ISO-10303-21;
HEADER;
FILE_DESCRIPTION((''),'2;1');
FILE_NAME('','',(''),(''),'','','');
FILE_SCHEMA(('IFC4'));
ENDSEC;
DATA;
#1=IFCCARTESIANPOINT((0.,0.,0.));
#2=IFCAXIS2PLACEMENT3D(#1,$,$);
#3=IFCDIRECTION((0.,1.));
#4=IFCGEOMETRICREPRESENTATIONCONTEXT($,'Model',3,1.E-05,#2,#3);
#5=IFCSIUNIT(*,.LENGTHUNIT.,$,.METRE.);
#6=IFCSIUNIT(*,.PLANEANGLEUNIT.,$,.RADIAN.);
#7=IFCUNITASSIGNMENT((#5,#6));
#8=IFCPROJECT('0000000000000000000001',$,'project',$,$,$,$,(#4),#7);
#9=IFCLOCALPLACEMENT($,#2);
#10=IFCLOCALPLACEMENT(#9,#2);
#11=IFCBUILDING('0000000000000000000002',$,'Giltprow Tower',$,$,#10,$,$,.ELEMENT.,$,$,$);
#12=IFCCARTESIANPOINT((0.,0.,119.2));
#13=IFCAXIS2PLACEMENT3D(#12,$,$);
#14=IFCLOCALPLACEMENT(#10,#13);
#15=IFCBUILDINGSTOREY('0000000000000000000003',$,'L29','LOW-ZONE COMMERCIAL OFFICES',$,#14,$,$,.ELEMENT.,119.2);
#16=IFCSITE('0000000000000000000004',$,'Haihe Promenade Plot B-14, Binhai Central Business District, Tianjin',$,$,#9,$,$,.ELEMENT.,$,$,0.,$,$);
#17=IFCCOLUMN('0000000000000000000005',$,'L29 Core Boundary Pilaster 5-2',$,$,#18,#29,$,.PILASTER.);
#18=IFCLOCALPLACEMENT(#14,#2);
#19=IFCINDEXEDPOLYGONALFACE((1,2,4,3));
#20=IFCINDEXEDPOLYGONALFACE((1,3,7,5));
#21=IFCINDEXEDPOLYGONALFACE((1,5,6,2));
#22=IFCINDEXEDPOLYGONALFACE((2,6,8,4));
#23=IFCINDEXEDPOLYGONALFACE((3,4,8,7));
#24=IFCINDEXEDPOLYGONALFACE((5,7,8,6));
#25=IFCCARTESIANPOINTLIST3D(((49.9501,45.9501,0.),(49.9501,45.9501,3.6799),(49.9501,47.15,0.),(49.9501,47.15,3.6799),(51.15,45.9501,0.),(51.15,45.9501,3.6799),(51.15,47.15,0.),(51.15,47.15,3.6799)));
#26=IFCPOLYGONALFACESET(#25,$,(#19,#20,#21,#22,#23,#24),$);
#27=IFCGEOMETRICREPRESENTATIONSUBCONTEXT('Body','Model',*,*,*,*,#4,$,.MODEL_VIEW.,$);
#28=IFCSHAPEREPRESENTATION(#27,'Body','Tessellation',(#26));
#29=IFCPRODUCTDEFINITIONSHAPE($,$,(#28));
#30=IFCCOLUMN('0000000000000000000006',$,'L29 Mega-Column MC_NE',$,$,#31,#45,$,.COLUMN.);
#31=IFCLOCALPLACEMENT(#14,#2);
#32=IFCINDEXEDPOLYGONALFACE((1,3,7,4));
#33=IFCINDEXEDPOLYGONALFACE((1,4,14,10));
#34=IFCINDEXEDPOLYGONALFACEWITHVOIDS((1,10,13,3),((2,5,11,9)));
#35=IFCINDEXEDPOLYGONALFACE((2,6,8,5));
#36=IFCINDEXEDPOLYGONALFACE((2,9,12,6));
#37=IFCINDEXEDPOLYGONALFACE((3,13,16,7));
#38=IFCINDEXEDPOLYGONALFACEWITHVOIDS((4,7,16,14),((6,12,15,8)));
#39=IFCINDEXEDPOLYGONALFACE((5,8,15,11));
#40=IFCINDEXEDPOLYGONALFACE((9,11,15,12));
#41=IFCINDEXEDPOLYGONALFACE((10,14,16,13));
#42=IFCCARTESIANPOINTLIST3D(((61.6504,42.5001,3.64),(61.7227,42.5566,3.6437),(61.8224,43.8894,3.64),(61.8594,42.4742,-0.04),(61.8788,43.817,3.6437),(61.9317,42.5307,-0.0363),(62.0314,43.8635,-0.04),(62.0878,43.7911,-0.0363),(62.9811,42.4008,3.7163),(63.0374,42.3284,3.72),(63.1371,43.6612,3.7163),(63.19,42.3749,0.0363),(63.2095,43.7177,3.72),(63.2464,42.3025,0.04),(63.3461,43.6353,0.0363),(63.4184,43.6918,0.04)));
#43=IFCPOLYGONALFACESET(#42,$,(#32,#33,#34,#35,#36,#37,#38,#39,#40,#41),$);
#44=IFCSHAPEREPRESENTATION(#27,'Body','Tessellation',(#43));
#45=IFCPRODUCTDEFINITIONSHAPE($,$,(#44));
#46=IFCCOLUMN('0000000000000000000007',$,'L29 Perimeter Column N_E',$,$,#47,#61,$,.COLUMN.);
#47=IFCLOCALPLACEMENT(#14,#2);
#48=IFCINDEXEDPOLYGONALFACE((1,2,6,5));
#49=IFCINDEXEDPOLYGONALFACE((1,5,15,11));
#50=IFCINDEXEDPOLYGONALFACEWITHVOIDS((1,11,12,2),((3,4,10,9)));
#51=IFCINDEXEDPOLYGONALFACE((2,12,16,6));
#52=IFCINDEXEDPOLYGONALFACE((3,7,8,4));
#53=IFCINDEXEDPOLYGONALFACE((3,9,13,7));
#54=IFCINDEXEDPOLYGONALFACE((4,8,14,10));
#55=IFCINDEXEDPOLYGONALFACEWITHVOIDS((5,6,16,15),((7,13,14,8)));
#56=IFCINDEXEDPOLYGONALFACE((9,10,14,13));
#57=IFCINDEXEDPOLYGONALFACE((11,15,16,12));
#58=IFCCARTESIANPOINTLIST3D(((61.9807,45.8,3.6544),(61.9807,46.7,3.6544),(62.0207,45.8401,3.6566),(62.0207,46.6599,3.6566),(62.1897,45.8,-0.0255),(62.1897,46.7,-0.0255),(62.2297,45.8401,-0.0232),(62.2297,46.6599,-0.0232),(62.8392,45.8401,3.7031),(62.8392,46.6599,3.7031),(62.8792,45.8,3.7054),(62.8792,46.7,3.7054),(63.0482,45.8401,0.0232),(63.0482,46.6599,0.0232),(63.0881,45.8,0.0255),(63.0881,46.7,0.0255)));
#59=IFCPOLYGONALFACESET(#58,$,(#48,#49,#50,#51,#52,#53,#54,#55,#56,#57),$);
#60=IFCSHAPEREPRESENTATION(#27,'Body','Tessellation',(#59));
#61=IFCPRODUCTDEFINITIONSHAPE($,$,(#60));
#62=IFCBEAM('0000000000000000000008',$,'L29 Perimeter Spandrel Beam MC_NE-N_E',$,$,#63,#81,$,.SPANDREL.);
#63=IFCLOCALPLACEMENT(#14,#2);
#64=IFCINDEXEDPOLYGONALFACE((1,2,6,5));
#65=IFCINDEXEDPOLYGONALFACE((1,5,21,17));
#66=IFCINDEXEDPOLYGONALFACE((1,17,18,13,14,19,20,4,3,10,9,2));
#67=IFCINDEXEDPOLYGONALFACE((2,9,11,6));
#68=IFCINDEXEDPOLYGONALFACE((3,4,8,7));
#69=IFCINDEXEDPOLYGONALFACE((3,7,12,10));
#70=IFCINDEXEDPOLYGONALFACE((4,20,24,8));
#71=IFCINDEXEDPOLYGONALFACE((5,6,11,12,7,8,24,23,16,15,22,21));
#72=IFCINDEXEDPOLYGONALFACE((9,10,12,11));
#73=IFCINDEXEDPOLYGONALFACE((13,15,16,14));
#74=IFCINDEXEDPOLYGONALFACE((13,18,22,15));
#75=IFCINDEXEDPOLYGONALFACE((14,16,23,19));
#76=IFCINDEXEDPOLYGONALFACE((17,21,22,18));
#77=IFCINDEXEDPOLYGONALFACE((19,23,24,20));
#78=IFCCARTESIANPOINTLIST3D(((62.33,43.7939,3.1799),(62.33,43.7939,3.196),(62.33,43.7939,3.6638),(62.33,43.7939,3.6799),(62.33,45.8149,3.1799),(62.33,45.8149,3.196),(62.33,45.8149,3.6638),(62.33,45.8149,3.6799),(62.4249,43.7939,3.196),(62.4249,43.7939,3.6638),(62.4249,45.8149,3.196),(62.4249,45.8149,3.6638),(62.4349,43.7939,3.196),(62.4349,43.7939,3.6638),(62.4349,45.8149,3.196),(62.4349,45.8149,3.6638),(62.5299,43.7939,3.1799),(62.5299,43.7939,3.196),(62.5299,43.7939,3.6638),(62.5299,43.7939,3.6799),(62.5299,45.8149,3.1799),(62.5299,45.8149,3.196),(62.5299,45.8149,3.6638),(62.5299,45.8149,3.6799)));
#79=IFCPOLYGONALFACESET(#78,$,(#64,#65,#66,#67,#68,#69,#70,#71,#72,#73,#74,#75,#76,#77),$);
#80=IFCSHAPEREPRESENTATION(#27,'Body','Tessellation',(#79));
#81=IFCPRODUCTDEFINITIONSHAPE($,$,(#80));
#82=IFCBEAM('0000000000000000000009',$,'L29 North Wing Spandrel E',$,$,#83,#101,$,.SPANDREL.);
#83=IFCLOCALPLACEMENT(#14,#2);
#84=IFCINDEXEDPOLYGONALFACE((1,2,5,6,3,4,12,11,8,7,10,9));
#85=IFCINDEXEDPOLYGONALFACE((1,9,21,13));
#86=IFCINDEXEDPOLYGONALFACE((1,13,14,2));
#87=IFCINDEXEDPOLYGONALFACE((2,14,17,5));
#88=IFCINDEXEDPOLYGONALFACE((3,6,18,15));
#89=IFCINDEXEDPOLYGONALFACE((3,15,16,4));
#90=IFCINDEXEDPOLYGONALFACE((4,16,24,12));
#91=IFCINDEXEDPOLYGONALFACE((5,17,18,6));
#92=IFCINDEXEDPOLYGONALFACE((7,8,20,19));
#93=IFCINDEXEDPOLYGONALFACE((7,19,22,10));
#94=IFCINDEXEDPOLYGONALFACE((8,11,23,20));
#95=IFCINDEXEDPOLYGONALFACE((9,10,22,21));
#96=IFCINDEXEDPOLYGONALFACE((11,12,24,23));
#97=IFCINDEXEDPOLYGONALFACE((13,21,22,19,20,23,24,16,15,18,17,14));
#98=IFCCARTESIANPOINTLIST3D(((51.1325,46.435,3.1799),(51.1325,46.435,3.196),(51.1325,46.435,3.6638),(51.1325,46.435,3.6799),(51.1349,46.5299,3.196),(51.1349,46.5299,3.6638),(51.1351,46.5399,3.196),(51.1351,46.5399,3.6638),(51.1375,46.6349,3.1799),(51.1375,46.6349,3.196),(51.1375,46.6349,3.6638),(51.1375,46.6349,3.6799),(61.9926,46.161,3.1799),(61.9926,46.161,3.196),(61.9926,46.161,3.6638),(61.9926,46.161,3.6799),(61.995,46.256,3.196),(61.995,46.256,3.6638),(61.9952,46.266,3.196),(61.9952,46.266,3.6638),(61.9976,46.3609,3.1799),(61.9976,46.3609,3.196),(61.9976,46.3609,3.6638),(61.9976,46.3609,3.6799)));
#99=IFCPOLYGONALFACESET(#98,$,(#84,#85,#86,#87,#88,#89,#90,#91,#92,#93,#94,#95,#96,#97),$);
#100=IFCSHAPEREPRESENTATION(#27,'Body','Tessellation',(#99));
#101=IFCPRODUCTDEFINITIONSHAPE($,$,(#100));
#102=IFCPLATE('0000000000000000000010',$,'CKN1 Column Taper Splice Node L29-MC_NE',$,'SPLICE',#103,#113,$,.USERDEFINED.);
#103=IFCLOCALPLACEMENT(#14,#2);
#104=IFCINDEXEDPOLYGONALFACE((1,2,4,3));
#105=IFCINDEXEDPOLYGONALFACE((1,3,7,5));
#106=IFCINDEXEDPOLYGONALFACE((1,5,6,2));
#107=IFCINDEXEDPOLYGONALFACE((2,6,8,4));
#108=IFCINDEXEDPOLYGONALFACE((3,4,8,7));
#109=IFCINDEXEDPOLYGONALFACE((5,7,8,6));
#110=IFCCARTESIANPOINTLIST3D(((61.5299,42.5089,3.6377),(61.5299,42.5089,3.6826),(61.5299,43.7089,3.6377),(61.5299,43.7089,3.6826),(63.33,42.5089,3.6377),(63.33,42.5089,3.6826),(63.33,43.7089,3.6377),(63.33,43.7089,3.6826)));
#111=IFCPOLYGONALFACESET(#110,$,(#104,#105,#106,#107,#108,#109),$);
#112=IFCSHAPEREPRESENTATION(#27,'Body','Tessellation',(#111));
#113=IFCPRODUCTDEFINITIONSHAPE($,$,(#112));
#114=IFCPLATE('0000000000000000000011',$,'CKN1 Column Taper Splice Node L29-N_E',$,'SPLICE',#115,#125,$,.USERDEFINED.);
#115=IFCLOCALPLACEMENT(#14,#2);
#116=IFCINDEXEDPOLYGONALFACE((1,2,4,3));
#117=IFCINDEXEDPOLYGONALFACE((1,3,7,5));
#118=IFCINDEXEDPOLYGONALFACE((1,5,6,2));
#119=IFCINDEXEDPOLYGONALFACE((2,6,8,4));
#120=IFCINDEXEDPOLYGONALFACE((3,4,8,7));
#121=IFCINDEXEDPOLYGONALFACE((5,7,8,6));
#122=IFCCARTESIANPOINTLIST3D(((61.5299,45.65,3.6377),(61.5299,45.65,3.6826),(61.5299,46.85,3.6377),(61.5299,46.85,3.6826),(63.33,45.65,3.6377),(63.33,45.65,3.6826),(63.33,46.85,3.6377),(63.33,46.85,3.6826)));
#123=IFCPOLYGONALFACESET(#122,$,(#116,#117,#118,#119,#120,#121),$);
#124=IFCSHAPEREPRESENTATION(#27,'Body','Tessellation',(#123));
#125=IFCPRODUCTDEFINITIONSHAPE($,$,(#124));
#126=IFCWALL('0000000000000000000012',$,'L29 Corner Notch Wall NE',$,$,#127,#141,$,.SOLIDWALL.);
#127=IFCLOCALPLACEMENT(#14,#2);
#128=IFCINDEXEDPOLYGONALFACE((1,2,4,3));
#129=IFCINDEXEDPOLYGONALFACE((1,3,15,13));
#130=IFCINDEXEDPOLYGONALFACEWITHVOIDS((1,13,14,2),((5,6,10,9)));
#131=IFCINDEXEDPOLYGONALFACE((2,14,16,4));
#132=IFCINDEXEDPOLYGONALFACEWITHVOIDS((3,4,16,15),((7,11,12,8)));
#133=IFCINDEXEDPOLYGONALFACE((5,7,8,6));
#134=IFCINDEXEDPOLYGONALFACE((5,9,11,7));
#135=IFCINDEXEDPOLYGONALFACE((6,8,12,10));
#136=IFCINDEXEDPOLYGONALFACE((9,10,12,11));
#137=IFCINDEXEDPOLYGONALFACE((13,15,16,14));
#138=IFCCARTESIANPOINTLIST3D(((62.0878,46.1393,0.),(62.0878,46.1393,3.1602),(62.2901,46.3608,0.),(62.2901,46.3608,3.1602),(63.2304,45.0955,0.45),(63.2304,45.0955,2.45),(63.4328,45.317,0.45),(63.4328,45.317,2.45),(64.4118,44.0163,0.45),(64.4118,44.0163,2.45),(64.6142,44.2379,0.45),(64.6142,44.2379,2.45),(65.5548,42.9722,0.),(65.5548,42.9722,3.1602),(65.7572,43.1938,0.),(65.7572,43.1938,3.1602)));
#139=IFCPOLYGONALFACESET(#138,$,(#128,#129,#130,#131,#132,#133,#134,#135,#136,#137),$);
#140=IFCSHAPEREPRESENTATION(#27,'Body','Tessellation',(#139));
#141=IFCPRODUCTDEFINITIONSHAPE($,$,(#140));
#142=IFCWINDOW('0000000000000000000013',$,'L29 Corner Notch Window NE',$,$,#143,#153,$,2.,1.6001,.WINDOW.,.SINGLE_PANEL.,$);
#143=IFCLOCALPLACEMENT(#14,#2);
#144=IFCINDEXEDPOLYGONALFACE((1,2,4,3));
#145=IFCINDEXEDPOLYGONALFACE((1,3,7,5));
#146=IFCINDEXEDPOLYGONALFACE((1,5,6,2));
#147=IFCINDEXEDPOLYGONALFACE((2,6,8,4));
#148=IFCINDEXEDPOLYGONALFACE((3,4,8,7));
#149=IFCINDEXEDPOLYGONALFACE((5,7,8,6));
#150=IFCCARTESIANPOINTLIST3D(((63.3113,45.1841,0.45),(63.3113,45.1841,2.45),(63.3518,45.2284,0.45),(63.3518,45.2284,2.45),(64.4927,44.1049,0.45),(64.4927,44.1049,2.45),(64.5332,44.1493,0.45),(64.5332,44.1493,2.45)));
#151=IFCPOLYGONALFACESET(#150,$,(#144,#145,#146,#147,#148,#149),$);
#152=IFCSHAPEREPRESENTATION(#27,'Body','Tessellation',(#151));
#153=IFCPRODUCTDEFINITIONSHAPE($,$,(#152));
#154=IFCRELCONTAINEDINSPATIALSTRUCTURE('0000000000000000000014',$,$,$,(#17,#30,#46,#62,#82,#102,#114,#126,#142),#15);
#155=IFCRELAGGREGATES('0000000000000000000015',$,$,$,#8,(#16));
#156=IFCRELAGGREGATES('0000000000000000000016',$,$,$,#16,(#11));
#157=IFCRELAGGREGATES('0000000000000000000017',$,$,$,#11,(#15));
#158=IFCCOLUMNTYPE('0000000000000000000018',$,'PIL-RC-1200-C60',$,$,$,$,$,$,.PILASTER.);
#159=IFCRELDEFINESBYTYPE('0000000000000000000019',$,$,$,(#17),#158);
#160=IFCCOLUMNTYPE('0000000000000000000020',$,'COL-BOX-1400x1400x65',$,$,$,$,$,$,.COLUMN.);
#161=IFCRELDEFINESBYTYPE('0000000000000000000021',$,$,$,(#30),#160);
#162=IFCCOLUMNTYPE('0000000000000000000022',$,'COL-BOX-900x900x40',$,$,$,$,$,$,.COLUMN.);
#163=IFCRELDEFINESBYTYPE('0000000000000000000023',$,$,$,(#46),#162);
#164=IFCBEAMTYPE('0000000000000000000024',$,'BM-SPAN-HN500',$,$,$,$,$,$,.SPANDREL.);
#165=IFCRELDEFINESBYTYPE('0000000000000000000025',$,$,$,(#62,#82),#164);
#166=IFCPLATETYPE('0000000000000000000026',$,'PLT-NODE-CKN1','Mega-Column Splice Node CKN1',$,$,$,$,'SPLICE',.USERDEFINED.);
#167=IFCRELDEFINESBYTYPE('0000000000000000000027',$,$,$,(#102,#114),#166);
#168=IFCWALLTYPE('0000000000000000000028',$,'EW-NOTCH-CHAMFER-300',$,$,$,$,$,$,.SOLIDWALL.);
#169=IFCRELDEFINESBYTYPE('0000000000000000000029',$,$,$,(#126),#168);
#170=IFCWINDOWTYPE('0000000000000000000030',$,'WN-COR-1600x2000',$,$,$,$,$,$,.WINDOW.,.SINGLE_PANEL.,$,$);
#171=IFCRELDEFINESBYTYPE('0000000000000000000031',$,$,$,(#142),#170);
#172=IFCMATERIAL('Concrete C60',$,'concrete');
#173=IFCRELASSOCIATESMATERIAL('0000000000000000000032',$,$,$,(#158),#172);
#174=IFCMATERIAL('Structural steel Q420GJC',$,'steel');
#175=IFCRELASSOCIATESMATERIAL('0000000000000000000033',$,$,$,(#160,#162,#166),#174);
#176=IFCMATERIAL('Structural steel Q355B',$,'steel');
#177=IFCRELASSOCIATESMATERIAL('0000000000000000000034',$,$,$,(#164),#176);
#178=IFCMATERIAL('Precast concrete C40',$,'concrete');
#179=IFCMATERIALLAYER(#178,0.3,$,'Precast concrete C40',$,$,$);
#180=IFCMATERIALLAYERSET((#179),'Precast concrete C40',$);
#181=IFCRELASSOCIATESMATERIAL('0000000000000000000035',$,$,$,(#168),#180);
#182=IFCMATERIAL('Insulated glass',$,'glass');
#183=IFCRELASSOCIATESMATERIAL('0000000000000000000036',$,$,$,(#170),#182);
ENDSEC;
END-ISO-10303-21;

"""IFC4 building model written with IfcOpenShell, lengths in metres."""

from ifc_helpers import new_model, si_unit, direction, frame, frame_2d, origin, origin_2d, place, context, subcontext, project, spatial, rectangle, hollow_rectangle, i_section, extrude, source, transform, mapped, material, layer, layer_set, material_profile, profile_set, type_object, element, fill, save


model = new_model("IFC4")

# Units and contexts
model_context = context("Model", 3, precision=1e-05, world=origin(), true_north=direction((0.0, 1.0)))
body_context = subcontext(model_context, "Body", "Model", "MODEL_VIEW")
ifc_project = project(units=[si_unit("LENGTHUNIT", "METRE"), si_unit("PLANEANGLEUNIT", "RADIAN")], contexts=[model_context])

# Site, building, storey
site_placement = place(None, origin())
site = spatial("IfcSite", under=ifc_project, at=site_placement, Name="Haihe Promenade Plot B-14, Binhai Central Business District, Tianjin", CompositionType="ELEMENT", RefElevation=0.0)
building_placement = place(site_placement, origin())
building = spatial("IfcBuilding", under=site, at=building_placement, Name="Giltprow Tower", CompositionType="ELEMENT")
storey_placement = place(building_placement, frame((0.0, 0.0, 119.2)))
storey = spatial("IfcBuildingStorey", under=building, at=storey_placement, Name="L29", Description="LOW-ZONE COMMERCIAL OFFICES", CompositionType="ELEMENT", Elevation=119.2)

# Columns
ifc_material_1 = material(Name="Concrete C60", Category="concrete")
ifc_material_profile_1 = material_profile(ifc_material_1, rectangle(XDim=1.2, YDim=1.2, at=origin_2d()), Name="RC 1200x1200")
ifc_profile_set_1 = profile_set([ifc_material_profile_1], Name="Concrete C60")
column_type_1 = type_object("IfcColumnType", Name="PIL-RC-1200-C60", PredefinedType="PILASTER", material=ifc_profile_set_1)
shared_shape_1 = source(origin(), body_context, "Body", "SweptSolid", [
    extrude(rectangle(XDim=1.2, YDim=1.2, at=origin_2d()), origin(), (0.0, 0.0, 1.0), 3.6799),
])
column_1_placement = place(storey_placement, frame((50.55, 46.55, 0.0), z_axis=(0.0, 0.0, 1.0), x_axis=(1.0, 0.0, 0.0)))
element("IfcColumn", 1, at=column_1_placement, inside=storey, type_object=column_type_1, Name="L29 Core Boundary Pilaster 5-2", PredefinedType="PILASTER", context=body_context, shape_type="MappedRepresentation", body=[
    mapped(shared_shape_1, transform((0.0, 0.0, 0.0), x_axis=(1.0, 0.0, 0.0), y_axis=(0.0, 1.0, 0.0), z_axis=(0.0, 0.0, 1.0), scale=1.0)),
])
ifc_material_2 = material(Name="Structural steel Q420GJC", Category="steel")
ifc_material_profile_2 = material_profile(ifc_material_2, hollow_rectangle(XDim=1.3999, YDim=1.3999, WallThickness=0.0649, at=origin_2d()), Name="BOX 1400x1400x65")
ifc_profile_set_2 = profile_set([ifc_material_profile_2], Name="Structural steel Q420GJC")
column_type_2 = type_object("IfcColumnType", Name="COL-BOX-1400x1400x65", PredefinedType="COLUMN", material=ifc_profile_set_2)
shared_shape_2 = source(origin(), body_context, "Body", "SweptSolid", [
    extrude(hollow_rectangle(XDim=1.3999, YDim=1.3999, WallThickness=0.0649, at=origin_2d()), origin(), (0.0, 0.0, 1.0), 3.686),
])
column_2_placement = place(storey_placement, frame((62.6389, 43.083, 0.0), z_axis=(-0.056698, 0.007021, 0.998367), x_axis=(-0.122893, -0.99242, 0.0)))
element("IfcColumn", 2, at=column_2_placement, inside=storey, type_object=column_type_2, Name="L29 Mega-Column MC_NE", PredefinedType="COLUMN", context=body_context, shape_type="MappedRepresentation", body=[
    mapped(shared_shape_2, transform((0.0, 0.0, 0.0), x_axis=(1.0, 0.0, 0.0), y_axis=(0.0, 1.0, 0.0), z_axis=(0.0, 0.0, 1.0), scale=1.0)),
])
ifc_material_profile_3 = material_profile(ifc_material_2, hollow_rectangle(XDim=0.8999, YDim=0.8999, WallThickness=0.04, at=origin_2d()), Name="BOX 900x900x40")
ifc_profile_set_3 = profile_set([ifc_material_profile_3], Name="Structural steel Q420GJC")
column_type_3 = type_object("IfcColumnType", Name="COL-BOX-900x900x40", PredefinedType="COLUMN", material=ifc_profile_set_3)
shared_shape_3 = source(origin(), body_context, "Body", "SweptSolid", [
    extrude(hollow_rectangle(XDim=0.8999, YDim=0.8999, WallThickness=0.04, at=origin_2d()), origin(), (0.0, 0.0, 1.0), 3.6858),
])
column_3_placement = place(storey_placement, frame((62.6389, 46.25, 0.0), z_axis=(-0.056699, 0.0, 0.998391), x_axis=(0.0, -1.0, 0.0)))
element("IfcColumn", 3, at=column_3_placement, inside=storey, type_object=column_type_3, Name="L29 Perimeter Column N_E", PredefinedType="COLUMN", context=body_context, shape_type="MappedRepresentation", body=[
    mapped(shared_shape_3, transform((0.0, 0.0, 0.0), x_axis=(1.0, 0.0, 0.0), y_axis=(0.0, 1.0, 0.0), z_axis=(0.0, 0.0, 1.0), scale=1.0)),
])

# Beams
ifc_material_3 = material(Name="Structural steel Q355B", Category="steel")
ifc_material_profile_4 = material_profile(ifc_material_3, i_section(OverallWidth=0.2, OverallDepth=0.5, WebThickness=0.01, FlangeThickness=0.0161, at=origin_2d()), Name="HN 500x200x10x16")
ifc_profile_set_4 = profile_set([ifc_material_profile_4], Name="Structural steel Q355B")
beam_type = type_object("IfcBeamType", Name="BM-SPAN-HN500", PredefinedType="SPANDREL", material=ifc_profile_set_4)
shared_shape_4 = source(origin(), body_context, "Body", "SweptSolid", [
    extrude(i_section(OverallWidth=0.2, OverallDepth=0.5, WebThickness=0.01, FlangeThickness=0.0161, at=origin_2d()), origin(), (0.0, 0.0, 1.0), 2.021),
])
beam_1_placement = place(storey_placement, frame((62.4299, 43.7939, 3.4299), z_axis=(0.0, 1.0, 0.0), x_axis=(-1.0, 0.0, 0.0)))
element("IfcBeam", 4, at=beam_1_placement, inside=storey, type_object=beam_type, Name="L29 Perimeter Spandrel Beam MC_NE-N_E", PredefinedType="SPANDREL", context=body_context, shape_type="MappedRepresentation", body=[
    mapped(shared_shape_4, transform((0.0, 0.0, 0.0), x_axis=(1.0, 0.0, 0.0), y_axis=(0.0, 1.0, 0.0), z_axis=(0.0, 0.0, 1.0), scale=1.0)),
])
shared_shape_5 = source(origin(), body_context, "Body", "SweptSolid", [
    extrude(i_section(OverallWidth=0.2, OverallDepth=0.5, WebThickness=0.01, FlangeThickness=0.0161, at=origin_2d()), origin(), (0.0, 0.0, 1.0), 10.8635),
])
beam_2_placement = place(storey_placement, frame((51.135, 46.5349, 3.4299), z_axis=(0.999682, -0.025215, 0.0), x_axis=(0.025215, 0.999682, 0.0)))
element("IfcBeam", 5, at=beam_2_placement, inside=storey, type_object=beam_type, Name="L29 North Wing Spandrel E", PredefinedType="SPANDREL", context=body_context, shape_type="MappedRepresentation", body=[
    mapped(shared_shape_5, transform((0.0, 0.0, 0.0), x_axis=(1.0, 0.0, 0.0), y_axis=(0.0, 1.0, 0.0), z_axis=(0.0, 0.0, 1.0), scale=1.0)),
])

# Plates
plate_type = type_object("IfcPlateType", Name="PLT-NODE-CKN1", Description="Mega-Column Splice Node CKN1", ElementType="SPLICE", PredefinedType="USERDEFINED", material=ifc_material_2)
shared_shape_6 = source(origin(), body_context, "Body", "SweptSolid", [
    extrude(rectangle(XDim=1.8, YDim=1.2, at=origin_2d()), origin(), (0.0, 0.0, 1.0), 0.0449),
])
for number, where, z_axis, x_axis, name in (
    (6, (62.4299, 43.1089, 3.6377), (0.0, 0.0, 1.0), (1.0, 0.0, 0.0), "CKN1 Column Taper Splice Node L29-MC_NE"),
    (7, (62.4299, 46.25, 3.6377), (0.0, 0.0, 1.0), (1.0, 0.0, 0.0), "CKN1 Column Taper Splice Node L29-N_E"),
):
    element("IfcPlate", number, at=place(storey_placement, frame(where, z_axis=z_axis, x_axis=x_axis)), inside=storey, type_object=plate_type, Name=name, ObjectType="SPLICE", PredefinedType="USERDEFINED", context=body_context, shape_type="MappedRepresentation", body=[
        mapped(shared_shape_6, transform((0.0, 0.0, 0.0), x_axis=(1.0, 0.0, 0.0), y_axis=(0.0, 1.0, 0.0), z_axis=(0.0, 0.0, 1.0), scale=1.0)),
    ])

# Wall, opening, window
ifc_material_4 = material(Name="Precast concrete C40", Category="concrete")
ifc_layer_1 = layer(ifc_material_4, 0.3, Name="Precast concrete C40")
ifc_layer_set_1 = layer_set([ifc_layer_1], Name="Precast concrete C40")
wall_type_1 = type_object("IfcWallType", Name="EW-NOTCH-CHAMFER-300", PredefinedType="SOLIDWALL", material=ifc_layer_set_1)
wall_1_placement = place(storey_placement, frame((65.656, 43.083, 0.0), z_axis=(0.0, 0.0, 1.0), x_axis=(-0.738334, 0.674436, 0.0)))
wall_1 = element("IfcWall", 8, at=wall_1_placement, inside=storey, type_object=wall_type_1, Name="L29 Corner Notch Wall NE", PredefinedType="SOLIDWALL", context=body_context, shape_type="SweptSolid", body=[
    extrude(rectangle(XDim=4.6958, YDim=0.3, at=frame_2d((2.3479, 0.0))), origin(), (0.0, 0.0, 1.0), 3.1602),
])
opening_1_placement = place(wall_1_placement, frame((1.5481, 0.0, 0.45)))
opening_1 = element("IfcOpeningElement", 9, at=opening_1_placement, cuts=wall_1, PredefinedType="OPENING", context=body_context, shape_type="SweptSolid", body=[
    extrude(rectangle(XDim=1.6001, YDim=2.0, at=frame_2d((0.8, 1.0))), frame((0.0, 0.1599, 0.0), z_axis=(0.0, -1.0, 0.0), x_axis=(1.0, 0.0, 0.0)), (0.0, 0.0, 1.0), 0.3201),
])
ifc_material_5 = material(Name="Insulated glass", Category="glass")
window_type = type_object("IfcWindowType", Name="WN-COR-1600x2000", PartitioningType="SINGLE_PANEL", PredefinedType="WINDOW", material=ifc_material_5)
shared_shape_7 = source(origin(), body_context, "Body", "SweptSolid", [
    extrude(rectangle(XDim=1.6001, YDim=2.0, at=frame_2d((0.8, 1.0))), frame((0.0, 0.03, 0.0), z_axis=(0.0, -1.0, 0.0), x_axis=(1.0, 0.0, 0.0)), (0.0, 0.0, 1.0), 0.0601),
])
window_1_placement = place(opening_1_placement, origin())
window_1 = element("IfcWindow", 10, at=window_1_placement, inside=storey, type_object=window_type, Name="L29 Corner Notch Window NE", OverallHeight=2.0, OverallWidth=1.6001, PartitioningType="SINGLE_PANEL", PredefinedType="WINDOW", context=body_context, shape_type="MappedRepresentation", body=[
    mapped(shared_shape_7, transform((0.0, 0.0, 0.0), x_axis=(1.0, 0.0, 0.0), y_axis=(0.0, 1.0, 0.0), z_axis=(0.0, 0.0, 1.0), scale=1.0)),
])
fill(opening_1, window_1)

save(model, "model.ifc")
